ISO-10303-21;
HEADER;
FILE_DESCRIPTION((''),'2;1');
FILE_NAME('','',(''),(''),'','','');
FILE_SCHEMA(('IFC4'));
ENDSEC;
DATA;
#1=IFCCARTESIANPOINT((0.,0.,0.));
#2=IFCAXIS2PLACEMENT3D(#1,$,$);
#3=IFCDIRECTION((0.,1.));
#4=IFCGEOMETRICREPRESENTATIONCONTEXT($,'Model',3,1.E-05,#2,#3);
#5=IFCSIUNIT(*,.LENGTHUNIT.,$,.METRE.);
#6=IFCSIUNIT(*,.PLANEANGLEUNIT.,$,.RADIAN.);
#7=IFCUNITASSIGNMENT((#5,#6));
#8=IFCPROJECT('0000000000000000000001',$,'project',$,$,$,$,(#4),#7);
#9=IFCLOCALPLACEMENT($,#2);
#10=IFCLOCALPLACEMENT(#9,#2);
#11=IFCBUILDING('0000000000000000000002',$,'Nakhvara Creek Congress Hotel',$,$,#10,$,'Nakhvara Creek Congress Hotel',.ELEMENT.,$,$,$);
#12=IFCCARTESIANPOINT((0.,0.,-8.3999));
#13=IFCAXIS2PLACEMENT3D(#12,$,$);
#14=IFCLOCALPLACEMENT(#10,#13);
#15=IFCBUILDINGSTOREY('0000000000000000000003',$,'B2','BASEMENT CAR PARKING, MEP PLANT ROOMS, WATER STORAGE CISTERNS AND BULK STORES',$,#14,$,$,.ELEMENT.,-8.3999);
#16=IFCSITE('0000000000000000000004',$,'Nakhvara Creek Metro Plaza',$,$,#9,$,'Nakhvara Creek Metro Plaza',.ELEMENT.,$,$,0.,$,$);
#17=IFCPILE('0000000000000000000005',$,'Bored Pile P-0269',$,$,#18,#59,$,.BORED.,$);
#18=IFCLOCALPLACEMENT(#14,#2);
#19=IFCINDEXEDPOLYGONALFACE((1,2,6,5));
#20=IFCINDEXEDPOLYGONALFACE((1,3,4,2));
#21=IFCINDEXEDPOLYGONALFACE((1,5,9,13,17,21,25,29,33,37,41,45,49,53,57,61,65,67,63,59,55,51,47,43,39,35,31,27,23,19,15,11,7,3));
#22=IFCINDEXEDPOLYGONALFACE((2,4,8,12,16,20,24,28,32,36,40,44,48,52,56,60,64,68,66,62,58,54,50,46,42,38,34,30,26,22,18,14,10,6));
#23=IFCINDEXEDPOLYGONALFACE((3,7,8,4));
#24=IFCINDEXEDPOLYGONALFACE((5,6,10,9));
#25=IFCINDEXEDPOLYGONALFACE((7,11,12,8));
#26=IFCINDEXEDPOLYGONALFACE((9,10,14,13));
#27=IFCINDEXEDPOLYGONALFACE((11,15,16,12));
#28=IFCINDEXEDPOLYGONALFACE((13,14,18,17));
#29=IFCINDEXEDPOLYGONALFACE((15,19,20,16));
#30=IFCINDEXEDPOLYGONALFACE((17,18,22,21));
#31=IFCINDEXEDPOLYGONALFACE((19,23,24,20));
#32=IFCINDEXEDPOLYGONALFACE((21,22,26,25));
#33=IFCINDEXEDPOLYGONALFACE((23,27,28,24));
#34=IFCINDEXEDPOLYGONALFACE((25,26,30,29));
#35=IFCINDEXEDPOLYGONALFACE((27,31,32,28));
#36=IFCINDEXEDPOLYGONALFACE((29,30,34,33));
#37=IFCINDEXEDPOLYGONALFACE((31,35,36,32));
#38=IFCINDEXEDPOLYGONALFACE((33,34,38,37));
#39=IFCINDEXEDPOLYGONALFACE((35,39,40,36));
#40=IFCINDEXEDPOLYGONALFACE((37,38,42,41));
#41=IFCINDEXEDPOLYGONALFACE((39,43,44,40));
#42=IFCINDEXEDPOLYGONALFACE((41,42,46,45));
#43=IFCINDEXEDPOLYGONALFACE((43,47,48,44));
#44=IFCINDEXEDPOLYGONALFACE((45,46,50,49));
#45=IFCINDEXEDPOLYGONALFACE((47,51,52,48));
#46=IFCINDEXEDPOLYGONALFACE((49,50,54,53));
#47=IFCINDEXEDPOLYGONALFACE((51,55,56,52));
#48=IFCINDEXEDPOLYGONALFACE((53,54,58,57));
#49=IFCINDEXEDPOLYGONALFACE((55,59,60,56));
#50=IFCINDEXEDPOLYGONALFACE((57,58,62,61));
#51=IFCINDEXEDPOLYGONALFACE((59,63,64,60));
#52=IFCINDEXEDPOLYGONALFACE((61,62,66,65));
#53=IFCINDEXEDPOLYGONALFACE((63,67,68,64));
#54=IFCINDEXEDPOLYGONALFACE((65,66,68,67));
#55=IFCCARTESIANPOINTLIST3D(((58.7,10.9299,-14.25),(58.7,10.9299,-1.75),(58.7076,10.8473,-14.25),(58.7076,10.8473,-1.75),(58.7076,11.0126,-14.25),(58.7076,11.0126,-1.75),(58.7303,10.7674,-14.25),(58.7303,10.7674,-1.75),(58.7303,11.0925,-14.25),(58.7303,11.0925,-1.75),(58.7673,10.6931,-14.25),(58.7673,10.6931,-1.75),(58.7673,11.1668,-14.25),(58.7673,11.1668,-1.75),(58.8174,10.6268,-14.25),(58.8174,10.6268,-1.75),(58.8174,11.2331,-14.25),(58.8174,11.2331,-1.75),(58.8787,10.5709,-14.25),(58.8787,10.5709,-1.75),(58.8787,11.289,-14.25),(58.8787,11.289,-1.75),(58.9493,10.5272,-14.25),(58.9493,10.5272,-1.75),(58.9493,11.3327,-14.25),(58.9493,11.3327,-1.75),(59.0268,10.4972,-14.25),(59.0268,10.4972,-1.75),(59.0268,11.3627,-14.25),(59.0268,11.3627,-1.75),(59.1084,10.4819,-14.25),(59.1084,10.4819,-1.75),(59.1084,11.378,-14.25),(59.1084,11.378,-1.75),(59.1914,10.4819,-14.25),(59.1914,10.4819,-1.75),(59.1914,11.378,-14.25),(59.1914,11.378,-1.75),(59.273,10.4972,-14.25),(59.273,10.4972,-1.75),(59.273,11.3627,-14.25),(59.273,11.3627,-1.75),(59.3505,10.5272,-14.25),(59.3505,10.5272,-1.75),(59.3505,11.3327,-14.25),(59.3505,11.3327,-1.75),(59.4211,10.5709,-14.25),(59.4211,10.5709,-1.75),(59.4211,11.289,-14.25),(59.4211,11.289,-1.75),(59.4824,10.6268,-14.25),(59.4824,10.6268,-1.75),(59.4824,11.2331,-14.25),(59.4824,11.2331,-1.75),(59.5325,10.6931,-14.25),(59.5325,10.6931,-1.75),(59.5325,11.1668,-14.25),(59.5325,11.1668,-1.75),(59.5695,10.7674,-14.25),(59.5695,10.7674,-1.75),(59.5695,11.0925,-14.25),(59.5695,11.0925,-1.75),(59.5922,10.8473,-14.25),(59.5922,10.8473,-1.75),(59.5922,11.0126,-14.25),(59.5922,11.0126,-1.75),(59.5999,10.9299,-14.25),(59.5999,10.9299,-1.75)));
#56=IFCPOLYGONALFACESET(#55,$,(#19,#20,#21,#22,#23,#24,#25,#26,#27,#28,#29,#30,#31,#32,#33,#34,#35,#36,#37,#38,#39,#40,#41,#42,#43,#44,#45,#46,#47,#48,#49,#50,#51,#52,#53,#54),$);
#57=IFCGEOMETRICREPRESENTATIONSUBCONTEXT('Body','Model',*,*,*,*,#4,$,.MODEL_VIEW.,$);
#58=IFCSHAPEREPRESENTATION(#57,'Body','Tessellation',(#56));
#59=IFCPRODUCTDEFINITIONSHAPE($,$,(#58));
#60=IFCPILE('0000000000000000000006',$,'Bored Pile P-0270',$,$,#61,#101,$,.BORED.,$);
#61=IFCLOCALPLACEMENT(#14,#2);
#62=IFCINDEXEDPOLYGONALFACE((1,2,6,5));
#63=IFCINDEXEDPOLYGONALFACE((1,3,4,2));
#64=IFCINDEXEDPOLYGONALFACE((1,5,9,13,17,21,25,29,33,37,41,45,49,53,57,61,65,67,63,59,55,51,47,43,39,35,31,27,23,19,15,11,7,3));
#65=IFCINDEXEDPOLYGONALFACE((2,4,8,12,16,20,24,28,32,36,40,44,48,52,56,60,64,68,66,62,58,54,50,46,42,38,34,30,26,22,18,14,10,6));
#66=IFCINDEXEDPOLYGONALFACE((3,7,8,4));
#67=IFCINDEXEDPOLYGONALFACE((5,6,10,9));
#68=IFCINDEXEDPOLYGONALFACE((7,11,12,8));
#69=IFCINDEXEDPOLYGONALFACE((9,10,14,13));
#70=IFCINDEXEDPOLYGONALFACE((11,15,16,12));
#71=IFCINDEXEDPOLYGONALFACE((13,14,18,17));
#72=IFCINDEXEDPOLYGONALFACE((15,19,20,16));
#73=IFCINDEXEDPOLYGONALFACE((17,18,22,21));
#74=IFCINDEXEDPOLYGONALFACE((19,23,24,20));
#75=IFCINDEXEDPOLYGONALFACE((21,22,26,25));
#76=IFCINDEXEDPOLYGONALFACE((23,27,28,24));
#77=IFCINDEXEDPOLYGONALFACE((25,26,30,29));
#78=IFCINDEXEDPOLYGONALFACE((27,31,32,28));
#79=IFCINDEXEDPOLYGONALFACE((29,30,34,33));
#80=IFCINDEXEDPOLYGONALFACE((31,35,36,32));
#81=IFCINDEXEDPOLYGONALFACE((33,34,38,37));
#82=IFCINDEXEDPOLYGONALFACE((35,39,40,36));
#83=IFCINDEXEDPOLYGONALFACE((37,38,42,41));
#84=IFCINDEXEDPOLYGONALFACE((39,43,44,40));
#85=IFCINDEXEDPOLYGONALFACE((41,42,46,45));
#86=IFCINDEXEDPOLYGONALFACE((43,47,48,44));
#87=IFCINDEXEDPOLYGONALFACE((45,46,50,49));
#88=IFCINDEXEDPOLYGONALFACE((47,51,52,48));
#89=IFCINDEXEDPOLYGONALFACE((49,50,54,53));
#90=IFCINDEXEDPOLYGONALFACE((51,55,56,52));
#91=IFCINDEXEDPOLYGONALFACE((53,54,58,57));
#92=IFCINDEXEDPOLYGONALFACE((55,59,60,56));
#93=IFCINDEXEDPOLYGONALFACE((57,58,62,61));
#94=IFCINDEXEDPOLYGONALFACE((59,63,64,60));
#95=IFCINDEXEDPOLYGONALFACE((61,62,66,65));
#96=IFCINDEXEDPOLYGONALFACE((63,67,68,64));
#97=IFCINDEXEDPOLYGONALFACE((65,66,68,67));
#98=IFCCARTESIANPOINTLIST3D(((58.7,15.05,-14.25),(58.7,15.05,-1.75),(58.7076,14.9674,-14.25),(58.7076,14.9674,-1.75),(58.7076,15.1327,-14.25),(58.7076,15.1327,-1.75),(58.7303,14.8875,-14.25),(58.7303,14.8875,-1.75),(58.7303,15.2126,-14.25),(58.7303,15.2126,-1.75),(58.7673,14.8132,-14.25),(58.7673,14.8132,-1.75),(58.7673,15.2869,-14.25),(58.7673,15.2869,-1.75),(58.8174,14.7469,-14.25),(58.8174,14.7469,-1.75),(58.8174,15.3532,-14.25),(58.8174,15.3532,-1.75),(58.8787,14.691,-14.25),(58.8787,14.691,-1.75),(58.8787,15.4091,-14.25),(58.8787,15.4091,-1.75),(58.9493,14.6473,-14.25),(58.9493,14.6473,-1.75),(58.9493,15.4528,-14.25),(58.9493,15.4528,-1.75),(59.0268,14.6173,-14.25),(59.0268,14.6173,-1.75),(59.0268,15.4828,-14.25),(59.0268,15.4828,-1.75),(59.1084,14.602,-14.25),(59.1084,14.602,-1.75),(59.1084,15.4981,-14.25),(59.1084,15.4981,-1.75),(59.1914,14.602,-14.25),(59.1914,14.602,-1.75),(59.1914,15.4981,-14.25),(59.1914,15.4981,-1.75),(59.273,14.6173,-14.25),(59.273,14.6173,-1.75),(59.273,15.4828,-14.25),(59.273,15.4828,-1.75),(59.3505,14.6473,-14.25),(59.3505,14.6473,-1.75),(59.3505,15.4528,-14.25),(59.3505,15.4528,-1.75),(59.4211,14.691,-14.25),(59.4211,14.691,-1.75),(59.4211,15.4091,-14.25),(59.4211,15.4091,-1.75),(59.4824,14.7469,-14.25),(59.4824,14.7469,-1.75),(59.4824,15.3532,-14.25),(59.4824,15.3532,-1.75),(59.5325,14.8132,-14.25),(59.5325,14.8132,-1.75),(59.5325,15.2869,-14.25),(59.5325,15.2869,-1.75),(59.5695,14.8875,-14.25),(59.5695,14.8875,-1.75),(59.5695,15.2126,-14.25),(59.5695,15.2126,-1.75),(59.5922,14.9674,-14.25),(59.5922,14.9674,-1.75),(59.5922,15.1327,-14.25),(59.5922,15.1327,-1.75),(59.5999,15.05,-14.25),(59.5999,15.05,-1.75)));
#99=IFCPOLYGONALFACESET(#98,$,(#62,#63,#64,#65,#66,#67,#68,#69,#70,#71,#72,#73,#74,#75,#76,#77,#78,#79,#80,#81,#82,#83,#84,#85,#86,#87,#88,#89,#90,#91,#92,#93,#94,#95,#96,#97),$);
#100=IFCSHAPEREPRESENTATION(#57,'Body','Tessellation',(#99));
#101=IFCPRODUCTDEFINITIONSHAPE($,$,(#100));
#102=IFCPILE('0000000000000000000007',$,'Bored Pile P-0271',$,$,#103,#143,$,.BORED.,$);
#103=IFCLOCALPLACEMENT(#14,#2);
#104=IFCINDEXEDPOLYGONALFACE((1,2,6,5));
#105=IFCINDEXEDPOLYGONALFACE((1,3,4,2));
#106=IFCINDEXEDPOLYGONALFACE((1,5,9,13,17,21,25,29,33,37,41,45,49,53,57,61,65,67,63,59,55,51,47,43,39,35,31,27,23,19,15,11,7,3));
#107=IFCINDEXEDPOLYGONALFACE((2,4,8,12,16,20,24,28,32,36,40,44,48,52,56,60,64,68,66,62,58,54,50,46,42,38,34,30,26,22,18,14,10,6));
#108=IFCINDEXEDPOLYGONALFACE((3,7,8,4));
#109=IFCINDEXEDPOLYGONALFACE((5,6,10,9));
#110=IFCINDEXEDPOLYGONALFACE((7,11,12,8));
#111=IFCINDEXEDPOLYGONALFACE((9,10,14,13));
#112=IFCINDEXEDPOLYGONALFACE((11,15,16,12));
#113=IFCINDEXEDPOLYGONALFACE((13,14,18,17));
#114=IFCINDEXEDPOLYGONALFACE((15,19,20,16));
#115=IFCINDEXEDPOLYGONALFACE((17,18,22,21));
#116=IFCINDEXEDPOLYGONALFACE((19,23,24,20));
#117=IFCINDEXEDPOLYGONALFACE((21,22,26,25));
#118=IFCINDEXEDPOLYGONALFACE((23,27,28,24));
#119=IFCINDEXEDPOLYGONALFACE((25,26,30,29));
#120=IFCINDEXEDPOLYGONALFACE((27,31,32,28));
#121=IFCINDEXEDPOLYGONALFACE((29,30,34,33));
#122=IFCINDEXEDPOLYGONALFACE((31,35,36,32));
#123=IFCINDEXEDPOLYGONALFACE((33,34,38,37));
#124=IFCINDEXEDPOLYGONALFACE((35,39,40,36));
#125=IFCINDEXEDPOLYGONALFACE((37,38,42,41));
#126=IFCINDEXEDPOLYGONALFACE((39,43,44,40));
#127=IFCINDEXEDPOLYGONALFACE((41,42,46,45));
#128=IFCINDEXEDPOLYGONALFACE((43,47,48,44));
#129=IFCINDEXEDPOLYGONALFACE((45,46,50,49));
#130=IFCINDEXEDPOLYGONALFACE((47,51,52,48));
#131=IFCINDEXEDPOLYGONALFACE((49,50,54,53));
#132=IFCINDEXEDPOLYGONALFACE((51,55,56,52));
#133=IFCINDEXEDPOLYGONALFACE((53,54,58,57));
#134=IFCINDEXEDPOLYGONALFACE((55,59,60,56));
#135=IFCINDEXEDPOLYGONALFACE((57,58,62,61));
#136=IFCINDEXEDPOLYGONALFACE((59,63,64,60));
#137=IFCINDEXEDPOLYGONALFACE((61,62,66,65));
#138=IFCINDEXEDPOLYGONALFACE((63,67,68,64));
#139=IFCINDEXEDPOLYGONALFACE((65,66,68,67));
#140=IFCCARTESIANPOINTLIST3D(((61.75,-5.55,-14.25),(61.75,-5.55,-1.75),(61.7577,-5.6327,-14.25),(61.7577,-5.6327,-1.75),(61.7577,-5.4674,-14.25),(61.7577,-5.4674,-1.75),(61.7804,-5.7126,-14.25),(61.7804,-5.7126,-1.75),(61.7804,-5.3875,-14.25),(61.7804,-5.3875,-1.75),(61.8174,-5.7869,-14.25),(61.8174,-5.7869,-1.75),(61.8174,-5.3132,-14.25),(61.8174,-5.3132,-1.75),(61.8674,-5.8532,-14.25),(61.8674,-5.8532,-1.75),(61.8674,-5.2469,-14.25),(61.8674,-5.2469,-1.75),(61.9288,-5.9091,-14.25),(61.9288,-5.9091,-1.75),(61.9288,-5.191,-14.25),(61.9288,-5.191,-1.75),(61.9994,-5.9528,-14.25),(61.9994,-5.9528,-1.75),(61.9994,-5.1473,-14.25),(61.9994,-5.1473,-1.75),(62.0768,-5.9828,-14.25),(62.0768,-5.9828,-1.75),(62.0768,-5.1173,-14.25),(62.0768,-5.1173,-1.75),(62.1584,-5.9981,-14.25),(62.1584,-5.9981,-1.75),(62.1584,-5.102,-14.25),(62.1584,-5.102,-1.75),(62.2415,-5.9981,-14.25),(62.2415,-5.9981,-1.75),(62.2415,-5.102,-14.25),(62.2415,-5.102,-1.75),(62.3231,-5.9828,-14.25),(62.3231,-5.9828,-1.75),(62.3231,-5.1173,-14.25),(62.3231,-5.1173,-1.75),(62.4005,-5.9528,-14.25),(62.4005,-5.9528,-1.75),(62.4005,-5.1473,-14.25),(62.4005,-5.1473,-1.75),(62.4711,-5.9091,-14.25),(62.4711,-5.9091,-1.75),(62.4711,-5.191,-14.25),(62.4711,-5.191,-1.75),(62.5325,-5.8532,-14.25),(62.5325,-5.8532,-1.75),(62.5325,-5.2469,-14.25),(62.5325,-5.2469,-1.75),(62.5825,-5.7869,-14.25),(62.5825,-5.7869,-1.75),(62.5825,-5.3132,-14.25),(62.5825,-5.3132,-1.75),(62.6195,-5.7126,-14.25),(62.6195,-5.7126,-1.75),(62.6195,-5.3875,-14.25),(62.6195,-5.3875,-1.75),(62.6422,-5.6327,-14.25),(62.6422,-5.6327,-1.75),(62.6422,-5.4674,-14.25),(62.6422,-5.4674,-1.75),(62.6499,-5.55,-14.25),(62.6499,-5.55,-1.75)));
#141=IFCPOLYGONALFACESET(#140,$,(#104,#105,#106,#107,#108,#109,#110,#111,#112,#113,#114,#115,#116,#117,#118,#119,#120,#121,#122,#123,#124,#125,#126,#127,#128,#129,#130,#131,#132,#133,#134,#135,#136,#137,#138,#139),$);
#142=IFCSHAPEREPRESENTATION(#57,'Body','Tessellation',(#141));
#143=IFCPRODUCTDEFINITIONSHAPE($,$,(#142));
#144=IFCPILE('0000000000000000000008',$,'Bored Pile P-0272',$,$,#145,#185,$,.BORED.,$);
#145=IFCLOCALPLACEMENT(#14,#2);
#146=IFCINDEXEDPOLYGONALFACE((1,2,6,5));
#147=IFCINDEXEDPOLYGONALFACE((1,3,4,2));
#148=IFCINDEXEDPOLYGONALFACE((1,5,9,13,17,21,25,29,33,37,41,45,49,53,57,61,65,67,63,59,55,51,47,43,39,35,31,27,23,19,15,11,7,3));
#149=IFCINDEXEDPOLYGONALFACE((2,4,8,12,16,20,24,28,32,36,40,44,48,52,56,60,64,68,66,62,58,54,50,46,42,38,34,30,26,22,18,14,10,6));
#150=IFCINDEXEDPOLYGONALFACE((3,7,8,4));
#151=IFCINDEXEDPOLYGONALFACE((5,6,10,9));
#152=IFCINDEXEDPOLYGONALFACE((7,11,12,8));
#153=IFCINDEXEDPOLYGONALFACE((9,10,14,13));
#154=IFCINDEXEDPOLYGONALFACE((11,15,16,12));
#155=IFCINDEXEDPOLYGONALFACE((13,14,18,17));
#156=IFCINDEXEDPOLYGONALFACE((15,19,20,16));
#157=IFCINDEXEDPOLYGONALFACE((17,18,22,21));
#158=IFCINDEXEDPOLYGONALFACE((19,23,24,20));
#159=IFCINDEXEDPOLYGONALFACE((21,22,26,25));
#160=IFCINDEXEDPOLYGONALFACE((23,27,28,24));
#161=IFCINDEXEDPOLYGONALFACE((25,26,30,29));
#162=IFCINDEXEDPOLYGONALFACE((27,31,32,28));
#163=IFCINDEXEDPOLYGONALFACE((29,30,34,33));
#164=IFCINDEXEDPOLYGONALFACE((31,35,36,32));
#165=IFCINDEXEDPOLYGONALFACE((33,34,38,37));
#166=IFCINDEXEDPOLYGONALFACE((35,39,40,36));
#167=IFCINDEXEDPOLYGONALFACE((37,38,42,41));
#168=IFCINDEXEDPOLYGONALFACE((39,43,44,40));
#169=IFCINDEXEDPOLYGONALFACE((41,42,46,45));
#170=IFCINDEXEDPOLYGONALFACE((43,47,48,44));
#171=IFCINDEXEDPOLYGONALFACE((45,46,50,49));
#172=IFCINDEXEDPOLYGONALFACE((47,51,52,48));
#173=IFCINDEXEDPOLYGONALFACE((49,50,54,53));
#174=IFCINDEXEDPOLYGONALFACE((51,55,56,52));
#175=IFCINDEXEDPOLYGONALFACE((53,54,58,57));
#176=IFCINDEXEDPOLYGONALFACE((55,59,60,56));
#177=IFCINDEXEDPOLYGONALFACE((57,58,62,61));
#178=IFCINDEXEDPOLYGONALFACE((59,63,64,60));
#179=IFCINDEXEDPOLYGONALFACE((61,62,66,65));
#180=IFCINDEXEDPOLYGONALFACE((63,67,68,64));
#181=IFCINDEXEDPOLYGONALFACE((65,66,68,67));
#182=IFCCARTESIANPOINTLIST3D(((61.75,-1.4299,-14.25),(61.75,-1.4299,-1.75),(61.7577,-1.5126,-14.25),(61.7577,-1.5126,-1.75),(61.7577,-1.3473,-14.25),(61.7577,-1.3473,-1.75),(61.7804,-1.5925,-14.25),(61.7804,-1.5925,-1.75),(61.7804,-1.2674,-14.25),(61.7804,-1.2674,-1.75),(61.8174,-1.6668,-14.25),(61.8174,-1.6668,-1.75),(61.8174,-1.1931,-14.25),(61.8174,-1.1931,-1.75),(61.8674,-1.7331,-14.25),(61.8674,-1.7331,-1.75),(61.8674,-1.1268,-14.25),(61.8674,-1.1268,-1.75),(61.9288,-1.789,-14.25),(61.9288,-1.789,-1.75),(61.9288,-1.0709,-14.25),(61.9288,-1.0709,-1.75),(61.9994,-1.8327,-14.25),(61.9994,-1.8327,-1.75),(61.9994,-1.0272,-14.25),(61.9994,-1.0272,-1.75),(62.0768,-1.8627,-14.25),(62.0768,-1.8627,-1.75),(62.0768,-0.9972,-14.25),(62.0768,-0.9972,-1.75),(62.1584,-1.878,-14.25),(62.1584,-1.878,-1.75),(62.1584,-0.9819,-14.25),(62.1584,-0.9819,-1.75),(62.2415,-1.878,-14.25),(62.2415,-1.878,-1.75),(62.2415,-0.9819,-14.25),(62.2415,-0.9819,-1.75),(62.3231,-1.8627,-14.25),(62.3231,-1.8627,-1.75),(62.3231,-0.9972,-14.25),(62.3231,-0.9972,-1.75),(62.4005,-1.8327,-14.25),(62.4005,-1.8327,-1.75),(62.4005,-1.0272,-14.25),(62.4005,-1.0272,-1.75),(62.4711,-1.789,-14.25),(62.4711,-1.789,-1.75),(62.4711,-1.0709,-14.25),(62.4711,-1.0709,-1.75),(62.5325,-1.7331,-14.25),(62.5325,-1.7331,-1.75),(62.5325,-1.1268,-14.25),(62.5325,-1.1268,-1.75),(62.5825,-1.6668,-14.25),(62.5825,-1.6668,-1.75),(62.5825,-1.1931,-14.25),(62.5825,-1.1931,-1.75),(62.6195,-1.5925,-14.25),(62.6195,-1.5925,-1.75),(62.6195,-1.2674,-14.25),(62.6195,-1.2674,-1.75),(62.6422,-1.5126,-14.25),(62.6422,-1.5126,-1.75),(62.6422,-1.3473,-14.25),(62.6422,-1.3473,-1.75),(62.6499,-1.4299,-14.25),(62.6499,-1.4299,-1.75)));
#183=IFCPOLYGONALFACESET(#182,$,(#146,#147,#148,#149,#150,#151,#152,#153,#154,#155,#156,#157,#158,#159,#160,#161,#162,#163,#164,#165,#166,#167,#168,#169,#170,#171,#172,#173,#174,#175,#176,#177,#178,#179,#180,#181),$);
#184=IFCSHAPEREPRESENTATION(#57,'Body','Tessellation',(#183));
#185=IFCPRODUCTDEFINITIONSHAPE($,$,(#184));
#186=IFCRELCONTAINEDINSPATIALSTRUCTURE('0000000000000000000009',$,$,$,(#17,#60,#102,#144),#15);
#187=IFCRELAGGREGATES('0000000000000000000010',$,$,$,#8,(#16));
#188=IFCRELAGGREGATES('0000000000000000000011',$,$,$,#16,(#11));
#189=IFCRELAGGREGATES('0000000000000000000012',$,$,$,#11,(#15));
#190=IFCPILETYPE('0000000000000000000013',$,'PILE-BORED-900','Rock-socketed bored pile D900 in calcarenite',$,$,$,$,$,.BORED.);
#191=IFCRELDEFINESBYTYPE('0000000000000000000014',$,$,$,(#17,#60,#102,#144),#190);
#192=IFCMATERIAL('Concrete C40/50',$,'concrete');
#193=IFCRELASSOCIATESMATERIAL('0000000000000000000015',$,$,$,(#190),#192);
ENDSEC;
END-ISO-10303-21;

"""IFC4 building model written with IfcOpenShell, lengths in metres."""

from ifc_helpers import new_model, si_unit, direction, frame, origin, origin_2d, place, context, subcontext, project, spatial, circle, extrude, material, material_profile, profile_set, type_object, element, save


model = new_model("IFC4")

# Units and contexts
model_context = context("Model", 3, precision=1e-05, world=origin(), true_north=direction((0.0, 1.0)))
body_context = subcontext(model_context, "Body", "Model", "MODEL_VIEW")
ifc_project = project(units=[si_unit("LENGTHUNIT", "METRE"), si_unit("PLANEANGLEUNIT", "RADIAN")], contexts=[model_context])

# Site, building, storey
site_placement = place(None, origin())
site = spatial("IfcSite", under=ifc_project, at=site_placement, Name="Nakhvara Creek Metro Plaza", LongName="Nakhvara Creek Metro Plaza", CompositionType="ELEMENT", RefElevation=0.0)
building_placement = place(site_placement, origin())
building = spatial("IfcBuilding", under=site, at=building_placement, Name="Nakhvara Creek Congress Hotel", LongName="Nakhvara Creek Congress Hotel", CompositionType="ELEMENT")
storey_placement = place(building_placement, frame((0.0, 0.0, -8.3999)))
storey = spatial("IfcBuildingStorey", under=building, at=storey_placement, Name="B2", Description="BASEMENT CAR PARKING, MEP PLANT ROOMS, WATER STORAGE CISTERNS AND BULK STORES", CompositionType="ELEMENT", Elevation=-8.3999)

# Piles
ifc_material_1 = material(Name="Concrete C40/50", Category="concrete")
ifc_material_profile = material_profile(ifc_material_1, circle(Radius=0.45, at=origin_2d()), Name="BORED PILE D900", Category="LoadBearing")
ifc_profile_set = profile_set([ifc_material_profile], Name="Concrete C40/50")
pile_type = type_object("IfcPileType", Name="PILE-BORED-900", Description="Rock-socketed bored pile D900 in calcarenite", PredefinedType="BORED", material=ifc_profile_set)
for number, where, z_axis, x_axis, name in (
    (1, (59.1499, 10.9299, -1.75), (0.0, 0.0, -1.0), (1.0, 0.0, 0.0), "Bored Pile P-0269"),
    (2, (59.1499, 15.05, -1.75), (0.0, 0.0, -1.0), (1.0, 0.0, 0.0), "Bored Pile P-0270"),
    (3, (62.2, -5.55, -1.75), (0.0, 0.0, -1.0), (1.0, 0.0, 0.0), "Bored Pile P-0271"),
    (4, (62.2, -1.4299, -1.75), (0.0, 0.0, -1.0), (1.0, 0.0, 0.0), "Bored Pile P-0272"),
):
    element("IfcPile", number, at=place(storey_placement, frame(where, z_axis=z_axis, x_axis=x_axis)), inside=storey, type_object=pile_type, Name=name, PredefinedType="BORED", context=body_context, shape_type="SweptSolid", body=[
        extrude(circle(Radius=0.45, at=origin_2d()), origin(), (0.0, 0.0, 1.0), 12.5),
    ])

save(model, "model.ifc")
